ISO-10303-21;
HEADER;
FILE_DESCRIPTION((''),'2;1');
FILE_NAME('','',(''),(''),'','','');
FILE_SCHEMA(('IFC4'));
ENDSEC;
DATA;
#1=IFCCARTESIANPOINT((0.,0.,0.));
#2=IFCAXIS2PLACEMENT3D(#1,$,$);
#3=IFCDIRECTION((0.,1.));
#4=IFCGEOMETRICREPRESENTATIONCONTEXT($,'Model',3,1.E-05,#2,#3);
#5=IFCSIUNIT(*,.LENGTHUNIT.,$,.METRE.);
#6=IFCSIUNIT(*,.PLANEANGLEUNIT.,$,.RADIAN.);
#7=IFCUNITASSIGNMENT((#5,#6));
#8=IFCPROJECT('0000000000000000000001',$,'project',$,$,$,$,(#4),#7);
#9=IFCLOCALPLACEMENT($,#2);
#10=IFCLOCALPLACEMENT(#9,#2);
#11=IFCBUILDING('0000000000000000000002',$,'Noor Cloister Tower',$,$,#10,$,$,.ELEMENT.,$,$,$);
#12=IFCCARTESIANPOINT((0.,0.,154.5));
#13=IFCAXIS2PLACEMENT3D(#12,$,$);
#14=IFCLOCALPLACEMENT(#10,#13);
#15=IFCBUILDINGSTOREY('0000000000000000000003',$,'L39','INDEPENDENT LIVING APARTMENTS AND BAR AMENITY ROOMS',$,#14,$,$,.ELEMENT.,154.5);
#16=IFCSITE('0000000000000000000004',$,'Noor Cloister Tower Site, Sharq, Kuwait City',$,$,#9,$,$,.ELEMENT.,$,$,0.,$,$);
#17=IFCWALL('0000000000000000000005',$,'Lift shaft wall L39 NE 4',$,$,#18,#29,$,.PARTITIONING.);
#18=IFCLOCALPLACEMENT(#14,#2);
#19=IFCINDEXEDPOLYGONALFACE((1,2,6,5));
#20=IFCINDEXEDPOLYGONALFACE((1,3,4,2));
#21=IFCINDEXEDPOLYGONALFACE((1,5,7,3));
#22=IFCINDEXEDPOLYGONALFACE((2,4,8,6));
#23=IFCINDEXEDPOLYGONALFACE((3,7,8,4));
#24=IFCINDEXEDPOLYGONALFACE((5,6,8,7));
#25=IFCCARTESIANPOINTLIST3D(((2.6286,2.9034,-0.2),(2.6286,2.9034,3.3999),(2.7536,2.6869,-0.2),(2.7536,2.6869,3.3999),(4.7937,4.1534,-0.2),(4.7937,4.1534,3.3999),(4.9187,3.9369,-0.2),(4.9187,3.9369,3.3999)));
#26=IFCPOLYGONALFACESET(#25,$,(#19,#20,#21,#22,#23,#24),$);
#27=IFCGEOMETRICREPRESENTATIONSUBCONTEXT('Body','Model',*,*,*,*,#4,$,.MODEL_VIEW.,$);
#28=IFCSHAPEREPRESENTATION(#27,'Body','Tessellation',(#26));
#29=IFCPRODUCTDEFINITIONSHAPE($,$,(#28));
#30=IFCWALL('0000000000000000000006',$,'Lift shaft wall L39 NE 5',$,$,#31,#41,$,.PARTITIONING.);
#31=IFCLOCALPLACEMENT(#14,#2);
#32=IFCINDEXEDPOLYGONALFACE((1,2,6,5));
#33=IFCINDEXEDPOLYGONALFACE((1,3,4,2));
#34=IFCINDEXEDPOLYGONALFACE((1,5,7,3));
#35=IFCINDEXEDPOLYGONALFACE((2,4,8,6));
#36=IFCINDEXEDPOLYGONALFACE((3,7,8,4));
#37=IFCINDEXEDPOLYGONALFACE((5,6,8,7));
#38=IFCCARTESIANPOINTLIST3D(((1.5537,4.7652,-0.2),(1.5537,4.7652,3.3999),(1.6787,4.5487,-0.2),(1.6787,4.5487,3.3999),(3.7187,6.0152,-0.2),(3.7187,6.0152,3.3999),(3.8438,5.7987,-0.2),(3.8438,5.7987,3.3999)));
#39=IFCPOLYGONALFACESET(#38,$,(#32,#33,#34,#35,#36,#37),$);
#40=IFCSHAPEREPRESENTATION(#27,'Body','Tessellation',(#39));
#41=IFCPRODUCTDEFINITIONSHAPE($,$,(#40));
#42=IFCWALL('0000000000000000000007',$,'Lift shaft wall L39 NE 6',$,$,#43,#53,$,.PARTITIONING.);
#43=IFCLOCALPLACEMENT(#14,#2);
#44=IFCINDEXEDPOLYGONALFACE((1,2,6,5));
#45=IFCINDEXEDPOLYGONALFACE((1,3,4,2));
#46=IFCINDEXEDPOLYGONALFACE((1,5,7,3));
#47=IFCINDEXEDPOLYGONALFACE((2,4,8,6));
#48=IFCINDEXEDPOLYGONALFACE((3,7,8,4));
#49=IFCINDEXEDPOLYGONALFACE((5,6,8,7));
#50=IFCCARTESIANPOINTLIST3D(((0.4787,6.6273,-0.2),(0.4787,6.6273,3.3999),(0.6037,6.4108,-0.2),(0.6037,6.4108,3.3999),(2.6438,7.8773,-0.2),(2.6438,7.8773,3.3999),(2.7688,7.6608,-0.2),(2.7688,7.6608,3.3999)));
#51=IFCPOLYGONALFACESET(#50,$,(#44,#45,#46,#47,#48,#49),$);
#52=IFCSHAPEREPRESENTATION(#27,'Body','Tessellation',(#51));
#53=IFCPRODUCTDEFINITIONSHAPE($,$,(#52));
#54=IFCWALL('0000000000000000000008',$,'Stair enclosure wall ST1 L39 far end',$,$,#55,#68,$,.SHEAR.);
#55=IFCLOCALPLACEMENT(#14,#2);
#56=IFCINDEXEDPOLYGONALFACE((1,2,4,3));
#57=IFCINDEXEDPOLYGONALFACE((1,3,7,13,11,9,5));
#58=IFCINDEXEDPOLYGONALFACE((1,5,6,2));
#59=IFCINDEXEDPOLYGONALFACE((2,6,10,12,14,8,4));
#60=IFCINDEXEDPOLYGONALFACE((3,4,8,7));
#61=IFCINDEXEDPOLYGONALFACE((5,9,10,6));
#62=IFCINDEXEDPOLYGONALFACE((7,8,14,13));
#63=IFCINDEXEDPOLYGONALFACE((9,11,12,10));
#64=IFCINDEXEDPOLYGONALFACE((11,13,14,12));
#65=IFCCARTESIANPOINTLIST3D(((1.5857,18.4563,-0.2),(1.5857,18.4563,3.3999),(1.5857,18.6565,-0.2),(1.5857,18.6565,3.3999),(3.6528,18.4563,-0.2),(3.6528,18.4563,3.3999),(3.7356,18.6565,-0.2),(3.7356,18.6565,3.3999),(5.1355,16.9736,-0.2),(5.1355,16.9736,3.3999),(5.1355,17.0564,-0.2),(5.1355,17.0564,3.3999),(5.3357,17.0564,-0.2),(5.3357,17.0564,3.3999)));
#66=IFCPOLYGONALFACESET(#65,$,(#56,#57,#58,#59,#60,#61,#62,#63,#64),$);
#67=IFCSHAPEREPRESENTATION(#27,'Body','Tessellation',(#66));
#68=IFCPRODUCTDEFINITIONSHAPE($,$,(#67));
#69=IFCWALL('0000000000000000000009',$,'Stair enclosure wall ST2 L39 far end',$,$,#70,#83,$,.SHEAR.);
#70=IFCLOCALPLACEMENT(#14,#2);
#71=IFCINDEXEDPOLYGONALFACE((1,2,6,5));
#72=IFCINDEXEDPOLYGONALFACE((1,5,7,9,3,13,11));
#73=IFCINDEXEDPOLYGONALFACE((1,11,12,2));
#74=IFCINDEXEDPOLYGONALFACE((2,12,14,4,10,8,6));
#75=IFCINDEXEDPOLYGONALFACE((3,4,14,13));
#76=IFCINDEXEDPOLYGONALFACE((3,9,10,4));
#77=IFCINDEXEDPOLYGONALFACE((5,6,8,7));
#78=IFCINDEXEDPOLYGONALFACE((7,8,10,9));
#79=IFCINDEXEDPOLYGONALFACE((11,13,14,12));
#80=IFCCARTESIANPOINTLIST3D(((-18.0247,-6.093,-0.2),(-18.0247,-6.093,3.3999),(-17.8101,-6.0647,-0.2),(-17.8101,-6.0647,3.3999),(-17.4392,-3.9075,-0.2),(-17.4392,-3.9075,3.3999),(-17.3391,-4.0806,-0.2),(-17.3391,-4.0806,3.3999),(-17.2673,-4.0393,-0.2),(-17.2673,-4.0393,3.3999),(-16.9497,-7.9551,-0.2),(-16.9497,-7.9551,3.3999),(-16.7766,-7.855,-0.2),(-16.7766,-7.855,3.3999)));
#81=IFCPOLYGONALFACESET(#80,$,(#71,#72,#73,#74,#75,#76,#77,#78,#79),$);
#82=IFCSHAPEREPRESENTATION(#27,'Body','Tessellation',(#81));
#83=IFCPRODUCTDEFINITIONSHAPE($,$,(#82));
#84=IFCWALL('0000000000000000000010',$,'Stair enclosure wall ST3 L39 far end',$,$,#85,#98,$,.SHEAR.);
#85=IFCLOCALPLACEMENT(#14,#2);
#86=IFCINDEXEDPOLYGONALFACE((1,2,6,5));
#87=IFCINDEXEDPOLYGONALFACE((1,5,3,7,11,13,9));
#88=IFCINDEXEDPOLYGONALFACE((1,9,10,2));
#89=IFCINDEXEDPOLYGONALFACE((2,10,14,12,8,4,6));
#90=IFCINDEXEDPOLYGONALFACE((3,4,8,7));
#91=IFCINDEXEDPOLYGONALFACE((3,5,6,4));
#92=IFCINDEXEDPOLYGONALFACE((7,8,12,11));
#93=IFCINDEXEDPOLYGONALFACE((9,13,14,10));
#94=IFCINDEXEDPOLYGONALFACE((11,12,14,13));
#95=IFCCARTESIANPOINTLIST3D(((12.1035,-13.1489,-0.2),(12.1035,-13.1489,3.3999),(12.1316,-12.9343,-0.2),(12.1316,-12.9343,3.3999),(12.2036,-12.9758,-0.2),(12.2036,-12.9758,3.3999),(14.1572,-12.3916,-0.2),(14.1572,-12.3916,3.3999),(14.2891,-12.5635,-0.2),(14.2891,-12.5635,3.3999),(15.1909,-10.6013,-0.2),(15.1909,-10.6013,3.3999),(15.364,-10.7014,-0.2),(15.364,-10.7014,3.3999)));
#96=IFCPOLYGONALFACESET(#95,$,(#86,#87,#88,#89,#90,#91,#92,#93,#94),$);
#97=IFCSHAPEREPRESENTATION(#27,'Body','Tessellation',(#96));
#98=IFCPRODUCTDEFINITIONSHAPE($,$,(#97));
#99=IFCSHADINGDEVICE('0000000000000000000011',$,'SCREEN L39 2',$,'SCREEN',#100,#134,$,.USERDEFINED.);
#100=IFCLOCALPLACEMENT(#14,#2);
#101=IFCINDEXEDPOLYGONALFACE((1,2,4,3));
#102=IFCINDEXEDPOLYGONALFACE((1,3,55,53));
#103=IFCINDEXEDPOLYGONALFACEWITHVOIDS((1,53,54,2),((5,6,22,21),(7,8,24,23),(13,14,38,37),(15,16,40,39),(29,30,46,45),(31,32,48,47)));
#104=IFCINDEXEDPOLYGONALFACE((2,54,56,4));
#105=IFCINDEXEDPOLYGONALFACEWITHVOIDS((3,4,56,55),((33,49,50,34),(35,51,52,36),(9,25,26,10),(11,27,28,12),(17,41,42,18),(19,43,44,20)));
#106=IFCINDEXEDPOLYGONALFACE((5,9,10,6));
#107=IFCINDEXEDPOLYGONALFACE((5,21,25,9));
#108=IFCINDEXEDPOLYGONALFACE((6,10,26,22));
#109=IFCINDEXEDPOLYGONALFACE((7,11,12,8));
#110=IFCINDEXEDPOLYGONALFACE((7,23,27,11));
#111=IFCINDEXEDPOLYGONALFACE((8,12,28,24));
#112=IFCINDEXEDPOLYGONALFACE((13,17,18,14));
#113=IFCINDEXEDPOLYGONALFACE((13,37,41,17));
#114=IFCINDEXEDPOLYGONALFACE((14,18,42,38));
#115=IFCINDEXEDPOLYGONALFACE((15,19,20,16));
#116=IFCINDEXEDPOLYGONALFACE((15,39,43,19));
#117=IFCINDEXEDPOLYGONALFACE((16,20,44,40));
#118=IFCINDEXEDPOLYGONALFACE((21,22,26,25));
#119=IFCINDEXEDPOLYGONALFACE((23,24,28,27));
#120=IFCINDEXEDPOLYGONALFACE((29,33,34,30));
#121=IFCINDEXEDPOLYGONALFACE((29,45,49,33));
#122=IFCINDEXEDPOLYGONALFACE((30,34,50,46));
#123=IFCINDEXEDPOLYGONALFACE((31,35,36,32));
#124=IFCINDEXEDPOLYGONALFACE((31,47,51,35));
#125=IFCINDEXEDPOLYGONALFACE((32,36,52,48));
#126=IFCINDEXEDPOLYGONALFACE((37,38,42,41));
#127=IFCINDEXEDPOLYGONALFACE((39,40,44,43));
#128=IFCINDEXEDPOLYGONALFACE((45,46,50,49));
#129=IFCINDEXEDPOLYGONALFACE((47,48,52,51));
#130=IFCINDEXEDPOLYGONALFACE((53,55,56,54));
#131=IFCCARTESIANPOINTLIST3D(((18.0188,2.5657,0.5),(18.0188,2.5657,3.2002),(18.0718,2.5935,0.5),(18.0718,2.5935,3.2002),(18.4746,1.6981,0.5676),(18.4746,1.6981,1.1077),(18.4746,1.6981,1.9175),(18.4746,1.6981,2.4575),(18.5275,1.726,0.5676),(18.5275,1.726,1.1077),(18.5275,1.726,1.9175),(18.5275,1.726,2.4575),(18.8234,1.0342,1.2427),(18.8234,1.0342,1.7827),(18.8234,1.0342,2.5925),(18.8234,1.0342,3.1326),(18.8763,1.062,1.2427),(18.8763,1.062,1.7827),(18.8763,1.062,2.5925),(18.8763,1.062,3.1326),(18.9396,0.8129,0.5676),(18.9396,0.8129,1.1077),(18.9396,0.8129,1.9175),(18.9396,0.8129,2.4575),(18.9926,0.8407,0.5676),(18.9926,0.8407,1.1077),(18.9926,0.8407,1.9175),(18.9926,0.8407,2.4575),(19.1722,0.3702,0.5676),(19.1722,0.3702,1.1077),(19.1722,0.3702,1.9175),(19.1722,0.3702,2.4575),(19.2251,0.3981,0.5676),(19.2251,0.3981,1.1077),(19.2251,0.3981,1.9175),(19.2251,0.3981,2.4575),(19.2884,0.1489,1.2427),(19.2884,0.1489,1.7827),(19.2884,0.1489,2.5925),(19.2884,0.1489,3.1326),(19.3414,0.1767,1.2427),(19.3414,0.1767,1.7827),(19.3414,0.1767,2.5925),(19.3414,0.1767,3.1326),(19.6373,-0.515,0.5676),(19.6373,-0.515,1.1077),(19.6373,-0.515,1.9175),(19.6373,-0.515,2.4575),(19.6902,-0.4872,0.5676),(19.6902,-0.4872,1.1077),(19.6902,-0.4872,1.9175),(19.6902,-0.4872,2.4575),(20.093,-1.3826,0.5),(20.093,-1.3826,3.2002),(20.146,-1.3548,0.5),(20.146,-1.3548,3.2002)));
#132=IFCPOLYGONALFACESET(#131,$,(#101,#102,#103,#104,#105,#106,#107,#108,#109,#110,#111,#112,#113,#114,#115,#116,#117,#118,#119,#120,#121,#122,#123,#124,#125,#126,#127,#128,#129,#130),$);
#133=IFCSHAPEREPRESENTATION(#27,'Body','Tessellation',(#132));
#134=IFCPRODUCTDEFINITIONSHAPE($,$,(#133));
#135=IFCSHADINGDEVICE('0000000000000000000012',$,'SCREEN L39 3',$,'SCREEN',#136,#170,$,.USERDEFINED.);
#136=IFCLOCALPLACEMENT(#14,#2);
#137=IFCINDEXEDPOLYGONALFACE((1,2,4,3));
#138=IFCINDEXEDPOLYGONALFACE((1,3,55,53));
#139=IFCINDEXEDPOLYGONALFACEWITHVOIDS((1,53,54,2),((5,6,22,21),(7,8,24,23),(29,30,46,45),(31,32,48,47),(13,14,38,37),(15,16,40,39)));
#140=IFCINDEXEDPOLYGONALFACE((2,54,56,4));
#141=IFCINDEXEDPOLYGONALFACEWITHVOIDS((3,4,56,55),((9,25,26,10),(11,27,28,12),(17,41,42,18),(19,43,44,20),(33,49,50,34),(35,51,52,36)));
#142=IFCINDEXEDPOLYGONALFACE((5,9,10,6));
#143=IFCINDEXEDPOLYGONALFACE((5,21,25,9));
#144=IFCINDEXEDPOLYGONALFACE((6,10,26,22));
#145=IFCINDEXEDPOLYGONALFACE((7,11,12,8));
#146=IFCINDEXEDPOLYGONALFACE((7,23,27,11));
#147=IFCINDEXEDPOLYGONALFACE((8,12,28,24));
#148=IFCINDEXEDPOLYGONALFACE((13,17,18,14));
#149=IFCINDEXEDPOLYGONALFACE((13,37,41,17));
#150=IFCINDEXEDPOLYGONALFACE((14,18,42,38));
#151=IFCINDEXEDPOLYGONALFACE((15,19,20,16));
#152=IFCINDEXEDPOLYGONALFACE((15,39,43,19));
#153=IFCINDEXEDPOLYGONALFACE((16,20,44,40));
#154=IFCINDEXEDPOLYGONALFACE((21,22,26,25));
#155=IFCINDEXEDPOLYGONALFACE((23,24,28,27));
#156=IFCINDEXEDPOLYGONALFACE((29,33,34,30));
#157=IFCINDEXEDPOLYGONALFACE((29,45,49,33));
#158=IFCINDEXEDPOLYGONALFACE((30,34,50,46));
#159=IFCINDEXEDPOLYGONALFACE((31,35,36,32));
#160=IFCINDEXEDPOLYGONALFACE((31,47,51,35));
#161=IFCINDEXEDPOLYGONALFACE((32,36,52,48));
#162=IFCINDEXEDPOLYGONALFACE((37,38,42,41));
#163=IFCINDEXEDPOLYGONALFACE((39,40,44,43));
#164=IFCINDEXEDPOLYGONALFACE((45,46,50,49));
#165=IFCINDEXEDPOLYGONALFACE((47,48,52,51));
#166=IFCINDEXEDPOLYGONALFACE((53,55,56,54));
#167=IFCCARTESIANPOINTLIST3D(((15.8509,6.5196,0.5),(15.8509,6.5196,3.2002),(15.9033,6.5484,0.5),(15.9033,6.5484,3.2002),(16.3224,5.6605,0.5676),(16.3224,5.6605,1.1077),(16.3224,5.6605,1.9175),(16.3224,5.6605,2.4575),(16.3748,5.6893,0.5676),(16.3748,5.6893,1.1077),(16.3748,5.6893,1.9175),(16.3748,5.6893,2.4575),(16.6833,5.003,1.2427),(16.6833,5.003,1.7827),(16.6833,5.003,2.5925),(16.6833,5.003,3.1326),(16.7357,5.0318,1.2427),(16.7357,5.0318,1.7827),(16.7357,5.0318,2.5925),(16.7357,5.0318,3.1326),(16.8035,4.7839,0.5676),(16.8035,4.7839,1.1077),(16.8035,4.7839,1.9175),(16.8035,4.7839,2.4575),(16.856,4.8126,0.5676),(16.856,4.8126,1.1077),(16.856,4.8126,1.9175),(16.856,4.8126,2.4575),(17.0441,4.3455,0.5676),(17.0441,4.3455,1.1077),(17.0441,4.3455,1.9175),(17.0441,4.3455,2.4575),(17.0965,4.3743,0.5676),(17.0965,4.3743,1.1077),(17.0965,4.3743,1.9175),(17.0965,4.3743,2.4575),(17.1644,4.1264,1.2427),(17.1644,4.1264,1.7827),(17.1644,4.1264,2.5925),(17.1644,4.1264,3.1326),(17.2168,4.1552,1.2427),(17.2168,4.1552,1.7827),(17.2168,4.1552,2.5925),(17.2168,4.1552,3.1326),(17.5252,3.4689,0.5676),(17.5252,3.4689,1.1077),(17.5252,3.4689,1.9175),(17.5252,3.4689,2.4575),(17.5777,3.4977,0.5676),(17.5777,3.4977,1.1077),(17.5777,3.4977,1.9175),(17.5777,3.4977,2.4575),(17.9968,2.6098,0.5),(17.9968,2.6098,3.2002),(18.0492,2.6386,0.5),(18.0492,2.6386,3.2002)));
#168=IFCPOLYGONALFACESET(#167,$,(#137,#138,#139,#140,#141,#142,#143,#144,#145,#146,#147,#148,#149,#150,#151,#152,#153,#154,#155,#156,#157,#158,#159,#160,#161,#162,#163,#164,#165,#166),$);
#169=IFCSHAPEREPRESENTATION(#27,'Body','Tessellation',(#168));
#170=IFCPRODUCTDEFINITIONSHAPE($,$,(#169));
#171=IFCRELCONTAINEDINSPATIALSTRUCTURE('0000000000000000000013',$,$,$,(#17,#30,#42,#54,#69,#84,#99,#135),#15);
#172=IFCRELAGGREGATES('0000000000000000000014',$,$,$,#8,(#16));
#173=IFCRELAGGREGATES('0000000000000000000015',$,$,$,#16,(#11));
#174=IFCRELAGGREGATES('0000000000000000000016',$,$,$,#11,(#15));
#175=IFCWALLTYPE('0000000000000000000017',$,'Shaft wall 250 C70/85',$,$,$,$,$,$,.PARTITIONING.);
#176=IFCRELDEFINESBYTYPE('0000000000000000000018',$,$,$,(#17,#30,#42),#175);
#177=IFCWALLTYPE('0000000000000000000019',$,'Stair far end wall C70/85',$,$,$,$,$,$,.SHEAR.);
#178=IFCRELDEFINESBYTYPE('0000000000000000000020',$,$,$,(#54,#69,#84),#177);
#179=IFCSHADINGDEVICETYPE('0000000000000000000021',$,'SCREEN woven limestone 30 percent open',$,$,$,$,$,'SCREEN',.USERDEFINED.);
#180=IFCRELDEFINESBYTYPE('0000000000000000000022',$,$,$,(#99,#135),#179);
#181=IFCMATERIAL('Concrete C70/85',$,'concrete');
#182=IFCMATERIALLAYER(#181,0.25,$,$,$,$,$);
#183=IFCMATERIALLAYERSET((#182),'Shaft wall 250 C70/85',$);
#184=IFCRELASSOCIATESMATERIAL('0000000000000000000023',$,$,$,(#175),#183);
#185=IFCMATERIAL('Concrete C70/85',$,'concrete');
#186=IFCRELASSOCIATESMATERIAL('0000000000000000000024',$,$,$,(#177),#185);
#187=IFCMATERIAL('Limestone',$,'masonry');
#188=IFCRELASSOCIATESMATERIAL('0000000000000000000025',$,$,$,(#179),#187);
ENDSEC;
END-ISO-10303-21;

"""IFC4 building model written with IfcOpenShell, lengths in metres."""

from ifc_helpers import new_model, si_unit, direction, frame, frame_2d, origin, place, context, subcontext, project, spatial, polyline, rectangle, outline, extrude, material, layer, layer_set, material_profile, profile_set, type_object, element, save


model = new_model("IFC4")

# Units and contexts
model_context = context("Model", 3, precision=1e-05, world=origin(), true_north=direction((0.0, 1.0)))
body_context = subcontext(model_context, "Body", "Model", "MODEL_VIEW")
ifc_project = project(units=[si_unit("LENGTHUNIT", "METRE"), si_unit("PLANEANGLEUNIT", "RADIAN")], contexts=[model_context])

# Site, building, storey
site_placement = place(None, origin())
site = spatial("IfcSite", under=ifc_project, at=site_placement, Name="Noor Cloister Tower Site, Sharq, Kuwait City", CompositionType="ELEMENT", RefElevation=0.0)
building_placement = place(site_placement, origin())
building = spatial("IfcBuilding", under=site, at=building_placement, Name="Noor Cloister Tower", CompositionType="ELEMENT")
storey_placement = place(building_placement, frame((0.0, 0.0, 154.5)))
storey = spatial("IfcBuildingStorey", under=building, at=storey_placement, Name="L39", Description="INDEPENDENT LIVING APARTMENTS AND BAR AMENITY ROOMS", CompositionType="ELEMENT", Elevation=154.5)

# Walls
ifc_material_1 = material(Name="Concrete C70/85", Category="concrete")
ifc_layer_1 = layer(ifc_material_1, 0.25)
ifc_layer_set_1 = layer_set([ifc_layer_1], Name="Shaft wall 250 C70/85")
wall_type_1 = type_object("IfcWallType", Name="Shaft wall 250 C70/85", PredefinedType="PARTITIONING", material=ifc_layer_set_1)
for number, where, z_axis, x_axis, name in (
    (1, (4.8562, 4.0452, -0.2), (0.0, 0.0, 1.0), (-0.866023, -0.500004, 0.0), "Lift shaft wall L39 NE 4"),
    (2, (3.7812, 5.907, -0.2), (0.0, 0.0, 1.0), (-0.866023, -0.500004, 0.0), "Lift shaft wall L39 NE 5"),
    (3, (2.7063, 7.769, -0.2), (0.0, 0.0, 1.0), (-0.866023, -0.500004, 0.0), "Lift shaft wall L39 NE 6"),
):
    element("IfcWall", number, at=place(storey_placement, frame(where, z_axis=z_axis, x_axis=x_axis)), inside=storey, type_object=wall_type_1, Name=name, PredefinedType="PARTITIONING", context=body_context, shape_type="SweptSolid", body=[
        extrude(rectangle(XDim=2.5, YDim=0.25, at=frame_2d((1.25, 0.0))), origin(), (0.0, 0.0, 1.0), 3.5999),
    ])
ifc_material_2 = material(Name="Concrete C70/85", Category="concrete")
wall_type_2 = type_object("IfcWallType", Name="Stair far end wall C70/85", PredefinedType="SHEAR", material=ifc_material_2)
wall_1_placement = place(storey_placement, frame((0.0, 0.0, -0.2)))
element("IfcWall", 4, at=wall_1_placement, inside=storey, type_object=wall_type_2, Name="Stair enclosure wall ST1 L39 far end", PredefinedType="SHEAR", context=body_context, shape_type="SweptSolid", body=[
    extrude(outline(polyline([(5.3357, 17.0564), (3.7356, 18.6565), (1.5857, 18.6565), (1.5857, 18.4563), (3.6528, 18.4563), (5.1355, 16.9736), (5.1355, 17.0564), (5.1355, 17.0564), (5.1355, 17.0564), (5.1355, 17.0564), (5.1355, 17.0564), (5.1355, 17.0564), (5.1355, 17.0564), (5.1355, 17.0564), (5.1355, 17.0564), (5.1355, 17.0564), (5.1355, 17.0564), (5.1355, 17.0564), (5.1355, 17.0564), (5.1355, 17.0564), (5.1355, 17.0564), (5.1355, 17.0564), (5.1355, 17.0564), (5.3357, 17.0564)])), origin(), (0.0, 0.0, 1.0), 3.5999),
])
wall_2_placement = place(storey_placement, frame((0.0, 0.0, -0.2)))
element("IfcWall", 5, at=wall_2_placement, inside=storey, type_object=wall_type_2, Name="Stair enclosure wall ST2 L39 far end", PredefinedType="SHEAR", context=body_context, shape_type="SweptSolid", body=[
    extrude(outline(polyline([(-17.4392, -3.9075), (-18.0247, -6.093), (-16.9497, -7.9551), (-16.7766, -7.855), (-17.8101, -6.0647), (-17.2673, -4.0393), (-17.3391, -4.0806), (-17.3391, -4.0806), (-17.3391, -4.0806), (-17.3391, -4.0806), (-17.3391, -4.0806), (-17.3391, -4.0806), (-17.3391, -4.0806), (-17.3391, -4.0806), (-17.3391, -4.0806), (-17.3391, -4.0806), (-17.3391, -4.0806), (-17.3391, -4.0806), (-17.3391, -4.0806), (-17.3391, -4.0806), (-17.3391, -4.0806), (-17.3391, -4.0806), (-17.3391, -4.0806), (-17.4392, -3.9075)])), origin(), (0.0, 0.0, 1.0), 3.5999),
])
wall_3_placement = place(storey_placement, frame((0.0, 0.0, -0.2)))
element("IfcWall", 6, at=wall_3_placement, inside=storey, type_object=wall_type_2, Name="Stair enclosure wall ST3 L39 far end", PredefinedType="SHEAR", context=body_context, shape_type="SweptSolid", body=[
    extrude(outline(polyline([(12.1035, -13.1489), (14.2891, -12.5635), (15.364, -10.7014), (15.1909, -10.6013), (14.1572, -12.3916), (12.1316, -12.9343), (12.2036, -12.9758), (12.2036, -12.9758), (12.2036, -12.9758), (12.2036, -12.9758), (12.2036, -12.9758), (12.2036, -12.9758), (12.2036, -12.9758), (12.2036, -12.9758), (12.2036, -12.9758), (12.2036, -12.9758), (12.2036, -12.9758), (12.2036, -12.9758), (12.2036, -12.9758), (12.2036, -12.9758), (12.2036, -12.9758), (12.2036, -12.9758), (12.2036, -12.9758), (12.1035, -13.1489)])), origin(), (0.0, 0.0, 1.0), 3.5999),
])

# Shading devices
ifc_material_3 = material(Name="Limestone", Category="masonry")
ifc_material_profile_1 = material_profile(ifc_material_3, outline(polyline([(-2.23, -1.3501), (2.23, -1.3501), (2.23, 1.3501), (-2.23, 1.3501), (-2.23, -1.3501)]), holes=[polyline([(-1.25, -1.2825), (-0.25, -1.2825), (-0.25, -0.7424), (-1.25, -0.7424), (-1.25, -1.2825)]), polyline([(0.25, -1.2825), (1.25, -1.2825), (1.25, -0.7424), (0.25, -0.7424), (0.25, -1.2825)]), polyline([(-0.5, -0.6074), (0.5, -0.6074), (0.5, -0.0674), (-0.5, -0.0674), (-0.5, -0.6074)]), polyline([(-1.25, 0.0674), (-0.25, 0.0674), (-0.25, 0.6074), (-1.25, 0.6074), (-1.25, 0.0674)]), polyline([(0.25, 0.0674), (1.25, 0.0674), (1.25, 0.6074), (0.25, 0.6074), (0.25, 0.0674)]), polyline([(-0.5, 0.7424), (0.5, 0.7424), (0.5, 1.2825), (-0.5, 1.2825), (-0.5, 0.7424)])]), Name="Woven screen 30 percent open")
ifc_profile_set_1 = profile_set([ifc_material_profile_1], Name="Limestone")
shading_device_type = type_object("IfcShadingDeviceType", Name="SCREEN woven limestone 30 percent open", ElementType="SCREEN", PredefinedType="USERDEFINED", material=ifc_profile_set_1)
for number, where, z_axis, x_axis, name in (
    (7, (19.0559, 0.5916, 1.8501), (0.885272, 0.465074, 0.0), (-0.465074, 0.885272, 0.0), "SCREEN L39 2"),
    (8, (16.9238, 4.5647, 1.8501), (0.876646, 0.481136, 0.0), (-0.481136, 0.876646, 0.0), "SCREEN L39 3"),
):
    element("IfcShadingDevice", number, at=place(storey_placement, frame(where, z_axis=z_axis, x_axis=x_axis)), inside=storey, type_object=shading_device_type, Name=name, ObjectType="SCREEN", PredefinedType="USERDEFINED", context=body_context, shape_type="SweptSolid", body=[
        extrude(outline(polyline([(-2.23, -1.3501), (2.23, -1.3501), (2.23, 1.3501), (-2.23, 1.3501), (-2.23, -1.3501)]), holes=[polyline([(-1.25, -1.2825), (-0.25, -1.2825), (-0.25, -0.7424), (-1.25, -0.7424), (-1.25, -1.2825)]), polyline([(0.25, -1.2825), (1.25, -1.2825), (1.25, -0.7424), (0.25, -0.7424), (0.25, -1.2825)]), polyline([(-0.5, -0.6074), (0.5, -0.6074), (0.5, -0.0674), (-0.5, -0.0674), (-0.5, -0.6074)]), polyline([(-1.25, 0.0674), (-0.25, 0.0674), (-0.25, 0.6074), (-1.25, 0.6074), (-1.25, 0.0674)]), polyline([(0.25, 0.0674), (1.25, 0.0674), (1.25, 0.6074), (0.25, 0.6074), (0.25, 0.0674)]), polyline([(-0.5, 0.7424), (0.5, 0.7424), (0.5, 1.2825), (-0.5, 1.2825), (-0.5, 0.7424)])]), origin(), (0.0, 0.0, 1.0), 0.0598),
    ])

save(model, "model.ifc")
